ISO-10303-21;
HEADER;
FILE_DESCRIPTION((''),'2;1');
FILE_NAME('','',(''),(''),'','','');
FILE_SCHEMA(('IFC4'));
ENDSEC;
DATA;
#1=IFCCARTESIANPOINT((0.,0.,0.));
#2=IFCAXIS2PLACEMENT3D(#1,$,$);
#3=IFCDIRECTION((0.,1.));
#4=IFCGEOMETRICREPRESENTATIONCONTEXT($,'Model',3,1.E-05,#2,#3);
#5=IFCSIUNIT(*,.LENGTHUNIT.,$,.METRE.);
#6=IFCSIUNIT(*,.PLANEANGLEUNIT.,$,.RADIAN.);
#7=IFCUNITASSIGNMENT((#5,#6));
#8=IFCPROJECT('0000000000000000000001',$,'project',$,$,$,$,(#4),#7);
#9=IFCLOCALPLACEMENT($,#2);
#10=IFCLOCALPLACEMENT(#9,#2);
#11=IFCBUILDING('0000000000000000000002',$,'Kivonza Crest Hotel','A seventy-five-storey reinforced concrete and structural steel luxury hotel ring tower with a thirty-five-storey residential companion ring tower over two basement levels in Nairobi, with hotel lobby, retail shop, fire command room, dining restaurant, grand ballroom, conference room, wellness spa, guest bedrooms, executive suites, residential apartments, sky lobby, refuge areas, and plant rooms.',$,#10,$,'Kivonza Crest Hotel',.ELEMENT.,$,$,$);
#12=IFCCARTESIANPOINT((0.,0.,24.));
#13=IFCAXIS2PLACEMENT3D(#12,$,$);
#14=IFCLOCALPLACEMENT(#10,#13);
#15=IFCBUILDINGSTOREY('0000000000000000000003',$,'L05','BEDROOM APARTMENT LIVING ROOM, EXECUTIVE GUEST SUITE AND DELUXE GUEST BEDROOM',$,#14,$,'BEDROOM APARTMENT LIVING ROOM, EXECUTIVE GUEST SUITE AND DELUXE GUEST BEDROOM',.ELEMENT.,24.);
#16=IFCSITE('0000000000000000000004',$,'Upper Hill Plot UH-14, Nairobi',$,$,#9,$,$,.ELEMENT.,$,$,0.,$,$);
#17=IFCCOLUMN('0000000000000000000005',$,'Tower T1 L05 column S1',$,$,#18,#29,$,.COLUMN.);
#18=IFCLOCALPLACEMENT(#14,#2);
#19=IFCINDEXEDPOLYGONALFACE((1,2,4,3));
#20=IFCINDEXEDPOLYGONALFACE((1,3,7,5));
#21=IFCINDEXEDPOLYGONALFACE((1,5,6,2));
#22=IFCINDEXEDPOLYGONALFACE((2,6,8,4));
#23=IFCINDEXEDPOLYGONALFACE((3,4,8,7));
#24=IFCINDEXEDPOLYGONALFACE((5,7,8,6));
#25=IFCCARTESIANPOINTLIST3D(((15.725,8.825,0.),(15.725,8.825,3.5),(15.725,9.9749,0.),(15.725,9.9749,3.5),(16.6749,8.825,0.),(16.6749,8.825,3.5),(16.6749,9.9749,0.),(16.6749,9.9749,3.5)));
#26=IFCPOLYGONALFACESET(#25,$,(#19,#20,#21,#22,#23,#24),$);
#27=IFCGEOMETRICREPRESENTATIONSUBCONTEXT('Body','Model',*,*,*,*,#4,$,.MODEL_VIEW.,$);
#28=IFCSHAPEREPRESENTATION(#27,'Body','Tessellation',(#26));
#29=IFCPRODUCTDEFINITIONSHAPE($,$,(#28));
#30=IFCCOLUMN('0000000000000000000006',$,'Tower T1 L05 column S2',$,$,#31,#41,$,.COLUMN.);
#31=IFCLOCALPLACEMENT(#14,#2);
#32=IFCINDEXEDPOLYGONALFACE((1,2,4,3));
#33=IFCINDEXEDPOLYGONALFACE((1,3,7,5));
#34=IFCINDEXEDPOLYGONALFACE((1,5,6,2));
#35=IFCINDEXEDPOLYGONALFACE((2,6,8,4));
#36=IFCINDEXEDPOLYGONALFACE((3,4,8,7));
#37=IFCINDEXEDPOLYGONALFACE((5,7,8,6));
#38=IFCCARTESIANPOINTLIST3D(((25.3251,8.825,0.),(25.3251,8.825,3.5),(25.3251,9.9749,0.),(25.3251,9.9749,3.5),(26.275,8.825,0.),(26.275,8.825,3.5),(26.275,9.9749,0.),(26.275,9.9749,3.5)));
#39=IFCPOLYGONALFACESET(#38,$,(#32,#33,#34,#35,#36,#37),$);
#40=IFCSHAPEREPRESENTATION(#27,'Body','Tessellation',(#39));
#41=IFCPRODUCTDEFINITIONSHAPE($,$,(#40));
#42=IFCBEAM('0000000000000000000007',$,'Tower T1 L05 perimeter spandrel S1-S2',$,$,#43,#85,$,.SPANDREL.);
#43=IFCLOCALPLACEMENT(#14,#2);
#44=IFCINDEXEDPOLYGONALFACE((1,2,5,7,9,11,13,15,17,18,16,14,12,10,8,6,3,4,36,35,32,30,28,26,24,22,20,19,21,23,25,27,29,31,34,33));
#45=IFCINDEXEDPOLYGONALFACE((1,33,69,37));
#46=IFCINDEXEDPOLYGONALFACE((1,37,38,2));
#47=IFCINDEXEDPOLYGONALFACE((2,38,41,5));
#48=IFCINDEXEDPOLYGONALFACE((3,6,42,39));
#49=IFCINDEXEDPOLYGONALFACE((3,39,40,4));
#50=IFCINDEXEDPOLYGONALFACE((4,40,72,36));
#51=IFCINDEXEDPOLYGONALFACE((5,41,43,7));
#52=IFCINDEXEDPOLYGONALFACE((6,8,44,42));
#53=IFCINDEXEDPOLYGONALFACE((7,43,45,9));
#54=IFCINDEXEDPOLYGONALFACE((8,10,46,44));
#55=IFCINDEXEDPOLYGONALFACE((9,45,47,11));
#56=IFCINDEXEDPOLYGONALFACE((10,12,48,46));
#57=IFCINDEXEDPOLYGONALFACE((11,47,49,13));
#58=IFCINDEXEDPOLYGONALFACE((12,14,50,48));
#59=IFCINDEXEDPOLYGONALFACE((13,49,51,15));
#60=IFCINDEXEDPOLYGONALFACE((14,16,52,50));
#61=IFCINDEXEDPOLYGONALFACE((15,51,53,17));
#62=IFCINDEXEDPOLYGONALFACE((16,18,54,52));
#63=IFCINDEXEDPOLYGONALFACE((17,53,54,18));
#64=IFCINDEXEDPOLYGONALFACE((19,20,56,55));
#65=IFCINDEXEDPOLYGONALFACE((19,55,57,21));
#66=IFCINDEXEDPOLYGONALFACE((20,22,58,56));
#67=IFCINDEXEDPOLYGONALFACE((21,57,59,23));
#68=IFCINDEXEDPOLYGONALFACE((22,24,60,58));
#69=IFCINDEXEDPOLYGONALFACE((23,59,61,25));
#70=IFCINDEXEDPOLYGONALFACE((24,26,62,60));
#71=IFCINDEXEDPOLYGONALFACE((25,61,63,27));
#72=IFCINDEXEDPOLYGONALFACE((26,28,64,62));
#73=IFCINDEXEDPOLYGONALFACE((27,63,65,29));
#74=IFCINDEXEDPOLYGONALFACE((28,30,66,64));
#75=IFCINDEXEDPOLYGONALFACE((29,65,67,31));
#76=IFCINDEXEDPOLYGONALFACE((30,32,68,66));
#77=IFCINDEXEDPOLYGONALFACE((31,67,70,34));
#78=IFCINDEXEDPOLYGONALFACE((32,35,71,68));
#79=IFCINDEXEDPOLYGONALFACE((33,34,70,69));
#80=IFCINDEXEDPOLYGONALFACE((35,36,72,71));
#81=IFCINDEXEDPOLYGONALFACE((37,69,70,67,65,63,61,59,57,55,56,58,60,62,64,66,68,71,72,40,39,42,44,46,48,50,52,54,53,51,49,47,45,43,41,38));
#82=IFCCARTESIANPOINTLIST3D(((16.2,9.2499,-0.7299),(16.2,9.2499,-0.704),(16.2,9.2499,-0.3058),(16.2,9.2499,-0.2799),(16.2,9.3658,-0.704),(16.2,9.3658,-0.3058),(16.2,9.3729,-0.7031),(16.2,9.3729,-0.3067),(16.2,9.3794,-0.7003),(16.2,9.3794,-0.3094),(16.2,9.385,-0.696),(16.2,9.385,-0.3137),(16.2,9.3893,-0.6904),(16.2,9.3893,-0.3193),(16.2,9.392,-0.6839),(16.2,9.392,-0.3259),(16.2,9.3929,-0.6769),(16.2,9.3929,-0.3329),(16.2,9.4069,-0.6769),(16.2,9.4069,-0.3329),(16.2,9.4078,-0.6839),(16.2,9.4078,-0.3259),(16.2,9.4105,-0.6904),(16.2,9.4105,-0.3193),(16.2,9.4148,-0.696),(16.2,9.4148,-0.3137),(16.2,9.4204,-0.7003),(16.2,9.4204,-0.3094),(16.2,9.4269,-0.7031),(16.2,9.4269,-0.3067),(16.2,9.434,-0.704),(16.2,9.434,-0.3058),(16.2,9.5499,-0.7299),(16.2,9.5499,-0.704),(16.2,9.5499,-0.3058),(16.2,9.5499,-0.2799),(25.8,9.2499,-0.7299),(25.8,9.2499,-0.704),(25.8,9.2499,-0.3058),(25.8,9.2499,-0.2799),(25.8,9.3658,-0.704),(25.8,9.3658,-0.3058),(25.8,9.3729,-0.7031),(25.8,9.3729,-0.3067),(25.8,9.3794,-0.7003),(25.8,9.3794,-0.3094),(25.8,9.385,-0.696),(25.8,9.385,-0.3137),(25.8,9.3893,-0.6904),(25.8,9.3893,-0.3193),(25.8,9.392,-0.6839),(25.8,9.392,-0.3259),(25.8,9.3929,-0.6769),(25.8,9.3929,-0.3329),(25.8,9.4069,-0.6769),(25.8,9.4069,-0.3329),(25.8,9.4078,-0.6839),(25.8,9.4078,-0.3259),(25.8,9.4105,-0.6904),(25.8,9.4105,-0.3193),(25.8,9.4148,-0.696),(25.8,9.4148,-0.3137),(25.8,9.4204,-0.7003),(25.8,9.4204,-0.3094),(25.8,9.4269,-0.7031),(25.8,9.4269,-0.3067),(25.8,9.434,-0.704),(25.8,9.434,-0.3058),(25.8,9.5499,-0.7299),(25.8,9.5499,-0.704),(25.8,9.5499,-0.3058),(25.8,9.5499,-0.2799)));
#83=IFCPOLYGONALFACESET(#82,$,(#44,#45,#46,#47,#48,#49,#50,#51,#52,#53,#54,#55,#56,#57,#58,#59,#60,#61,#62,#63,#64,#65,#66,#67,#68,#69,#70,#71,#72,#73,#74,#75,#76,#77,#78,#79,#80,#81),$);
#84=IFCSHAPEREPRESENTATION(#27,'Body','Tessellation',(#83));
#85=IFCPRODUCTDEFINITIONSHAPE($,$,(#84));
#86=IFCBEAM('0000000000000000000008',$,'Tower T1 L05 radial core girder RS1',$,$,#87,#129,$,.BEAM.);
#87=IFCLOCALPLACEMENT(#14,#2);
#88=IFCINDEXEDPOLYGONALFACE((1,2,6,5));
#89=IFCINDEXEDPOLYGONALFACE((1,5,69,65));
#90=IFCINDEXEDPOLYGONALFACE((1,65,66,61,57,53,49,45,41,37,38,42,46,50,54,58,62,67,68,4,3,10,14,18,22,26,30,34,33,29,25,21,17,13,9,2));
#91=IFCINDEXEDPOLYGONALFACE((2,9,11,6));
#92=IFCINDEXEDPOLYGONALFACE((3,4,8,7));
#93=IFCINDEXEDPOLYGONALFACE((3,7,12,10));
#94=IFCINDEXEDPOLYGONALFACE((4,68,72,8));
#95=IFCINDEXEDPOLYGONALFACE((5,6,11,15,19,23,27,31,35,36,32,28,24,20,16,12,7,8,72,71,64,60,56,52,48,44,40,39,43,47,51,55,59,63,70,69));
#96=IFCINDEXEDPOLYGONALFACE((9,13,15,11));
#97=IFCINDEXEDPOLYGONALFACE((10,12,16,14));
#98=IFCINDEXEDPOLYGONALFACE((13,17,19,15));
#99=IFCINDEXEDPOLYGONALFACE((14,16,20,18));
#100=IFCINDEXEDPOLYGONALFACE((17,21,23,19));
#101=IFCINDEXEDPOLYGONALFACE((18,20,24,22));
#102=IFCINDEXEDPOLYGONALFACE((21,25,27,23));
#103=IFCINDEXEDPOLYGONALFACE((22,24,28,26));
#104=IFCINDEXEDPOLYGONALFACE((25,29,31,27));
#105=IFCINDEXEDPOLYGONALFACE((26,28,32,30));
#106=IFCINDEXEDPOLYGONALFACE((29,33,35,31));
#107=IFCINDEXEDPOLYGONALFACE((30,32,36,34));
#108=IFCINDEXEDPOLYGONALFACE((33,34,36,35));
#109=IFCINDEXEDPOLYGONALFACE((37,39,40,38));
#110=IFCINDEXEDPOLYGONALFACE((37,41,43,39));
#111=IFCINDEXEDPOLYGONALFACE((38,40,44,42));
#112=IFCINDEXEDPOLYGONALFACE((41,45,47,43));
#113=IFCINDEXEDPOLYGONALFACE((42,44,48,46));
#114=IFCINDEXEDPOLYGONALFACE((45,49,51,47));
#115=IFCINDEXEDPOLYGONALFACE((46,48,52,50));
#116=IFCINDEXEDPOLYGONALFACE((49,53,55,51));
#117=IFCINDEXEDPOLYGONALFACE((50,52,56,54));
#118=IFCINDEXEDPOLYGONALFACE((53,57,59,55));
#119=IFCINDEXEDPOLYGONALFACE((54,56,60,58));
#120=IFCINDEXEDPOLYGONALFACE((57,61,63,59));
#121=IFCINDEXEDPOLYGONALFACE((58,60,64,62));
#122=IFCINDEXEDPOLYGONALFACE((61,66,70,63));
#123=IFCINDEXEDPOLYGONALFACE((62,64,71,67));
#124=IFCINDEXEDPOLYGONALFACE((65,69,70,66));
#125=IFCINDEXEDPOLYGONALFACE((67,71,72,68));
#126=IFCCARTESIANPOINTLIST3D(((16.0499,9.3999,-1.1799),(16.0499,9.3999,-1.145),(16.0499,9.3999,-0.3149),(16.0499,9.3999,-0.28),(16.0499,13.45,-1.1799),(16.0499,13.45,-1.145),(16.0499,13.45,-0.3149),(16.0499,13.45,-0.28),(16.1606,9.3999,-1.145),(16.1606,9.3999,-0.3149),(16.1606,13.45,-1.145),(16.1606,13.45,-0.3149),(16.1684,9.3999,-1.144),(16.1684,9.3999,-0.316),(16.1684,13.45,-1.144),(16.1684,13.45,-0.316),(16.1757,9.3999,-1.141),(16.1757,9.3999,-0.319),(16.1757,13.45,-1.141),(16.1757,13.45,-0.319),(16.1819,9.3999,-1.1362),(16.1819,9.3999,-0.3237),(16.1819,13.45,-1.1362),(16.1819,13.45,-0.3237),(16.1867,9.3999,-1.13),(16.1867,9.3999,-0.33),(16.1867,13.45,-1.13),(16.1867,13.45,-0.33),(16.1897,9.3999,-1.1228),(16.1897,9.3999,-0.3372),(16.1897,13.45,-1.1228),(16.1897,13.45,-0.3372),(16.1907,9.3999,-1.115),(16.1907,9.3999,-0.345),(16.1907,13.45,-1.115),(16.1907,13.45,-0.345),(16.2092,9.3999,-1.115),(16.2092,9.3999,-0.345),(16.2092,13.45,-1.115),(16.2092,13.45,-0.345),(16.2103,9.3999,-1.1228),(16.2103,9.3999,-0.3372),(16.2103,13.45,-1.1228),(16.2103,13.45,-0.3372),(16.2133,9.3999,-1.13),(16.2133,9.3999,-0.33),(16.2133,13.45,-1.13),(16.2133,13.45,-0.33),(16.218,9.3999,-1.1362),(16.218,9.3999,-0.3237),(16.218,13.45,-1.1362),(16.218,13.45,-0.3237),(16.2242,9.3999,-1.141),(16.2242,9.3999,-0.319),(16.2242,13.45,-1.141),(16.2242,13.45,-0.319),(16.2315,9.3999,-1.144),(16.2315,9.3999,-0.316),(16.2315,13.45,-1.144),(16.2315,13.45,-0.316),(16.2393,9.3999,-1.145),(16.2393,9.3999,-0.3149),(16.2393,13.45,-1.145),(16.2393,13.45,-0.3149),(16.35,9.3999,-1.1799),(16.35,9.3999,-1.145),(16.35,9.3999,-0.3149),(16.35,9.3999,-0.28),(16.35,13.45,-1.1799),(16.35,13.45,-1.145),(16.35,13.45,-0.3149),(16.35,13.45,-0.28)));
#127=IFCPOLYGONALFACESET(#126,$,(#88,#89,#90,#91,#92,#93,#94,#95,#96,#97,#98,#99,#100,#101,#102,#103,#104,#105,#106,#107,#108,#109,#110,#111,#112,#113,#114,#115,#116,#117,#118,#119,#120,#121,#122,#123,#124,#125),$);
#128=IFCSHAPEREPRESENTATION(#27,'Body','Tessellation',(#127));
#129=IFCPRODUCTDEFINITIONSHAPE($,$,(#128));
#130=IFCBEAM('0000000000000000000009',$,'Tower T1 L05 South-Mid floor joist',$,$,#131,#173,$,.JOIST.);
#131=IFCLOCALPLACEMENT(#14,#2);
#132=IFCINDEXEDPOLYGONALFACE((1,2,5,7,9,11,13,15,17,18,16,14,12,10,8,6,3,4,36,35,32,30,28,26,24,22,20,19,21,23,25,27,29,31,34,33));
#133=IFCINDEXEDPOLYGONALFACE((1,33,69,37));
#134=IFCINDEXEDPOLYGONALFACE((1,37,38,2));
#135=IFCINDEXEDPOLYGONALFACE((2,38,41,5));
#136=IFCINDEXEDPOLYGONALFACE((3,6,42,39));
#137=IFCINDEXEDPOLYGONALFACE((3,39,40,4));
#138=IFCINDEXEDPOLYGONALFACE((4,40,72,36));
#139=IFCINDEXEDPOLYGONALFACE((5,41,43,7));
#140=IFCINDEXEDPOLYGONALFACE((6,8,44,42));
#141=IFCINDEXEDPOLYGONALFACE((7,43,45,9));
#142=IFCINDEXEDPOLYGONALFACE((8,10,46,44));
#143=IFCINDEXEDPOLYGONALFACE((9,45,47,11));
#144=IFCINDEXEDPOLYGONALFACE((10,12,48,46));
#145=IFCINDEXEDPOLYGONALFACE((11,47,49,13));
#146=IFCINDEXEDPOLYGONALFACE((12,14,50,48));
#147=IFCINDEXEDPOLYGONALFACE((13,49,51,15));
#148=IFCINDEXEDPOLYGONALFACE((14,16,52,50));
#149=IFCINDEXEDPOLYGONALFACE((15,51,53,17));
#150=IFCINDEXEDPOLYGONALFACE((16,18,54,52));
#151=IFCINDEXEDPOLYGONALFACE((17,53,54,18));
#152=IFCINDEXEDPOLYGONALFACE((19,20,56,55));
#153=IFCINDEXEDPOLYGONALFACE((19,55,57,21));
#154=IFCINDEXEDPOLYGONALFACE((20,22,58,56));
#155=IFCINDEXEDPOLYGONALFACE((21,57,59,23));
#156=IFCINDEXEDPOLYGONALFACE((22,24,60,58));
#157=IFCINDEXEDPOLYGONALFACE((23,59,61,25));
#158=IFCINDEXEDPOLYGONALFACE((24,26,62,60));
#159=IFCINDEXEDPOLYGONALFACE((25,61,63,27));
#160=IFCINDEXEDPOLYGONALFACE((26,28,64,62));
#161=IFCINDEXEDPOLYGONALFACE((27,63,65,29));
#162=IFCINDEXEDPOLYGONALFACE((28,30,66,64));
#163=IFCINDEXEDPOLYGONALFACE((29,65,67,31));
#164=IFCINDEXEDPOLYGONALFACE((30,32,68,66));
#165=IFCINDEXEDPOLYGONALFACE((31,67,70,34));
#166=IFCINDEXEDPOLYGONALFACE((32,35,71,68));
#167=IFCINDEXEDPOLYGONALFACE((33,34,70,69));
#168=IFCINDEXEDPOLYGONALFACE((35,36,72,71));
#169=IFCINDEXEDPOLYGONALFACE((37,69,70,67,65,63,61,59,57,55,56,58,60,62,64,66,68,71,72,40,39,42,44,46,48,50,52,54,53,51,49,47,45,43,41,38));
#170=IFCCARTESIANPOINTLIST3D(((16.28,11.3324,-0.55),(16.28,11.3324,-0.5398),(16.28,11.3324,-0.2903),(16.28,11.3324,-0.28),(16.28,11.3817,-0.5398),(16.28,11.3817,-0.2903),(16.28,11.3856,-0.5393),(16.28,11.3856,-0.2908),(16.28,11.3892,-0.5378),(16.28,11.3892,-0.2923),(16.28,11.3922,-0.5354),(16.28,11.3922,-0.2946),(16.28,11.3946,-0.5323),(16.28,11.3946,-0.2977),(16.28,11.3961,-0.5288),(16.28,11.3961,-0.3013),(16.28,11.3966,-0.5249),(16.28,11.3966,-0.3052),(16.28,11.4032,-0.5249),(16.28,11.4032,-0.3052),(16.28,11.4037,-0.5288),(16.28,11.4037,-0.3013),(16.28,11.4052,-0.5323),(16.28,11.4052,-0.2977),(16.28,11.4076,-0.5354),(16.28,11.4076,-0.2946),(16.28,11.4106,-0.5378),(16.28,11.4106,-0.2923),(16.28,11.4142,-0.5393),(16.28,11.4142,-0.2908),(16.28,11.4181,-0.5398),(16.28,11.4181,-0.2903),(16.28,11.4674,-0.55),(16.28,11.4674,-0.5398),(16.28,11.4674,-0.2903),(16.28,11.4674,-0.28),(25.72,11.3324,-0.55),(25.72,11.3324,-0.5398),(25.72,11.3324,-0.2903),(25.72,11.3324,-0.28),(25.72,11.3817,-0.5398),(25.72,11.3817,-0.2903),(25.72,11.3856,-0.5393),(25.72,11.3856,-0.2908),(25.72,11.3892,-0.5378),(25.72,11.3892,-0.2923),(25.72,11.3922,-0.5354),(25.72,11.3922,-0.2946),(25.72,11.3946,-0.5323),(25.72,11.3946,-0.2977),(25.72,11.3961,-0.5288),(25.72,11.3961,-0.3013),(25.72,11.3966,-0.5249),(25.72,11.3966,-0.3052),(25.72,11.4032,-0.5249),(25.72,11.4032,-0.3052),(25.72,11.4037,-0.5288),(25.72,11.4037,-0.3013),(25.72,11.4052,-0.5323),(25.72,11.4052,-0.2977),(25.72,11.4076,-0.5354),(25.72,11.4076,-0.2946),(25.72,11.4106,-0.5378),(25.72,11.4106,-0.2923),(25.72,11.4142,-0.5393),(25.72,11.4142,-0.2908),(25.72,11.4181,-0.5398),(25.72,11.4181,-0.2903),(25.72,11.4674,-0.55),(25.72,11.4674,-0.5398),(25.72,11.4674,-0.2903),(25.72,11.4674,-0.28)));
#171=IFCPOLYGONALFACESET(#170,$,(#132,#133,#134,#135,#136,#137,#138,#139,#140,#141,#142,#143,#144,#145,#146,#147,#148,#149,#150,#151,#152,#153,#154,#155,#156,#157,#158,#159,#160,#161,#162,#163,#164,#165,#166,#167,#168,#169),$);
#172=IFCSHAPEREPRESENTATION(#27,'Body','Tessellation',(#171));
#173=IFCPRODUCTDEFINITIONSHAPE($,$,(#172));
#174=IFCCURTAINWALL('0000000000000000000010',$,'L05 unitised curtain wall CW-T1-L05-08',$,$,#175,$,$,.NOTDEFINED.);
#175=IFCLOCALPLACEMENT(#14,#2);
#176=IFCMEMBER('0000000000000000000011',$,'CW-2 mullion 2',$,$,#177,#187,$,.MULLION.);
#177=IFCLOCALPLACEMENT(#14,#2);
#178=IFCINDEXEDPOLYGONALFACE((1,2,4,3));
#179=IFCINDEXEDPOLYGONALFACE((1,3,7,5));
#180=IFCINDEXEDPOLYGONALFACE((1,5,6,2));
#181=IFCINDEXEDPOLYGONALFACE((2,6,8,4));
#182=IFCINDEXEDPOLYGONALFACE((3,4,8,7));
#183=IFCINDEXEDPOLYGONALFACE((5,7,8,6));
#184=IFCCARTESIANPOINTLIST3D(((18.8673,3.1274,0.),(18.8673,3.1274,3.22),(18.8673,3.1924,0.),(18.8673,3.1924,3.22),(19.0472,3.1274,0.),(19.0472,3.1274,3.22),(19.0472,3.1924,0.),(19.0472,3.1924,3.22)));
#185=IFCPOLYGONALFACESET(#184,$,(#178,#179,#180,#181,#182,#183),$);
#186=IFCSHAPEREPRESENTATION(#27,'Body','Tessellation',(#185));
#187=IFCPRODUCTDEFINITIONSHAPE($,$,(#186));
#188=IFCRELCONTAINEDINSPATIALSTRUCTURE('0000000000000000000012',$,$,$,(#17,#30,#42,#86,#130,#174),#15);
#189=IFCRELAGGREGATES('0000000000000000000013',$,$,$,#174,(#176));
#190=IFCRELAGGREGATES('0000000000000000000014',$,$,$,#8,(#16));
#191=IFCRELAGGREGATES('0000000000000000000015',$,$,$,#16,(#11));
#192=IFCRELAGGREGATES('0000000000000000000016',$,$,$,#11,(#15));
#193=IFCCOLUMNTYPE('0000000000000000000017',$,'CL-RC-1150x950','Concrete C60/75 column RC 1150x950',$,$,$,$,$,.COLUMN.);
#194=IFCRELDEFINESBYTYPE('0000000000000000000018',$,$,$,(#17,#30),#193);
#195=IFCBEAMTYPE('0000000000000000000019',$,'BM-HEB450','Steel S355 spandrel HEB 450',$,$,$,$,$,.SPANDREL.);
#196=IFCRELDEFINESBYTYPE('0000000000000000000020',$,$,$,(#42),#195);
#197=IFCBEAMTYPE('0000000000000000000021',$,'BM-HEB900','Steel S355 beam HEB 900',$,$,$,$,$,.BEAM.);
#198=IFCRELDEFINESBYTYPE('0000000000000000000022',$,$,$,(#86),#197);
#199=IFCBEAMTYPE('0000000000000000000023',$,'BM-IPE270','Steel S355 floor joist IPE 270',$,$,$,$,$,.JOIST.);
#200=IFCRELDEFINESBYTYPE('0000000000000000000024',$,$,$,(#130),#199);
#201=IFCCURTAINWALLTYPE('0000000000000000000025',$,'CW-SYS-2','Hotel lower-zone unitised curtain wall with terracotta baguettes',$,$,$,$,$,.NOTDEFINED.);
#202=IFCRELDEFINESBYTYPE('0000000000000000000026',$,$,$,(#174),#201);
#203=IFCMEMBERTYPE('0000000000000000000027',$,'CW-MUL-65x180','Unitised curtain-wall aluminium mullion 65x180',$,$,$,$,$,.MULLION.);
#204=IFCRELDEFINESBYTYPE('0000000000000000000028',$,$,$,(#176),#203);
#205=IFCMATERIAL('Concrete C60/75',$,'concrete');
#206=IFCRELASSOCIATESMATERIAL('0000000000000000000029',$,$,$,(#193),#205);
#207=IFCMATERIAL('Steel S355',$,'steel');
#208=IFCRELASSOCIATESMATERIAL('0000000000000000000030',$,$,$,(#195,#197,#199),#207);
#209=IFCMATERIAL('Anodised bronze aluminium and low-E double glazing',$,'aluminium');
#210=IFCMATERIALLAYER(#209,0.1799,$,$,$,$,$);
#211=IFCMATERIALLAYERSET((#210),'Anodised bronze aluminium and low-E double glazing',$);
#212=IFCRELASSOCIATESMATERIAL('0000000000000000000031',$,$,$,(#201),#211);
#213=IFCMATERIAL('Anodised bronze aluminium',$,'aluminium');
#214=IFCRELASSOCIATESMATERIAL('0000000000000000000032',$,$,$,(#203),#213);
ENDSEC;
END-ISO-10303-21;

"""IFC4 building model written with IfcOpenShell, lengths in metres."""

from ifc_helpers import new_model, si_unit, direction, frame, origin, origin_2d, place, context, subcontext, project, spatial, rectangle, i_section, extrude, material, layer, layer_set, material_profile, profile_set, type_object, element, aggregate, save


model = new_model("IFC4")

# Units and contexts
model_context = context("Model", 3, precision=1e-05, world=origin(), true_north=direction((0.0, 1.0)))
body_context = subcontext(model_context, "Body", "Model", "MODEL_VIEW")
ifc_project = project(units=[si_unit("LENGTHUNIT", "METRE"), si_unit("PLANEANGLEUNIT", "RADIAN")], contexts=[model_context])

# Site, building, storey
site_placement = place(None, origin())
site = spatial("IfcSite", under=ifc_project, at=site_placement, Name="Upper Hill Plot UH-14, Nairobi", CompositionType="ELEMENT", RefElevation=0.0)
building_placement = place(site_placement, origin())
building = spatial("IfcBuilding", under=site, at=building_placement, Name="Kivonza Crest Hotel", Description="A seventy-five-storey reinforced concrete and structural steel luxury hotel ring tower with a thirty-five-storey residential companion ring tower over two basement levels in Nairobi, with hotel lobby, retail shop, fire command room, dining restaurant, grand ballroom, conference room, wellness spa, guest bedrooms, executive suites, residential apartments, sky lobby, refuge areas, and plant rooms.", LongName="Kivonza Crest Hotel", CompositionType="ELEMENT")
storey_placement = place(building_placement, frame((0.0, 0.0, 24.0)))
storey = spatial("IfcBuildingStorey", under=building, at=storey_placement, Name="L05", Description="BEDROOM APARTMENT LIVING ROOM, EXECUTIVE GUEST SUITE AND DELUXE GUEST BEDROOM", LongName="BEDROOM APARTMENT LIVING ROOM, EXECUTIVE GUEST SUITE AND DELUXE GUEST BEDROOM", CompositionType="ELEMENT", Elevation=24.0)

# Columns
ifc_material_1 = material(Name="Concrete C60/75", Category="concrete")
ifc_material_profile_1 = material_profile(ifc_material_1, rectangle(XDim=0.95, YDim=1.1499, at=origin_2d()), Name="RC 1150x950")
ifc_profile_set_1 = profile_set([ifc_material_profile_1], Name="Concrete C60/75")
column_type = type_object("IfcColumnType", Name="CL-RC-1150x950", Description="Concrete C60/75 column RC 1150x950", PredefinedType="COLUMN", material=ifc_profile_set_1)
for number, where, z_axis, x_axis, name in (
    (1, (16.2, 9.3999, 0.0), (0.0, 0.0, 1.0), (1.0, 0.0, 0.0), "Tower T1 L05 column S1"),
    (2, (25.8, 9.3999, 0.0), (0.0, 0.0, 1.0), (1.0, 0.0, 0.0), "Tower T1 L05 column S2"),
):
    element("IfcColumn", number, at=place(storey_placement, frame(where, z_axis=z_axis, x_axis=x_axis)), inside=storey, type_object=column_type, Name=name, PredefinedType="COLUMN", context=body_context, shape_type="SweptSolid", body=[
        extrude(rectangle(XDim=0.95, YDim=1.1499, at=origin_2d()), origin(), (0.0, 0.0, 1.0), 3.5),
    ])

# Beams
ifc_material_2 = material(Name="Steel S355", Category="steel")
ifc_material_profile_2 = material_profile(ifc_material_2, i_section(OverallWidth=0.3, OverallDepth=0.45, WebThickness=0.0139, FlangeThickness=0.0259, FilletRadius=0.0271, at=origin_2d()), Name="HEB 450")
ifc_profile_set_2 = profile_set([ifc_material_profile_2], Name="Steel S355")
beam_type_1 = type_object("IfcBeamType", Name="BM-HEB450", Description="Steel S355 spandrel HEB 450", PredefinedType="SPANDREL", material=ifc_profile_set_2)
beam_1_placement = place(storey_placement, frame((16.2, 9.3999, -0.5049), z_axis=(1.0, 0.0, 0.0), x_axis=(0.0, 1.0, 0.0)))
element("IfcBeam", 3, at=beam_1_placement, inside=storey, type_object=beam_type_1, Name="Tower T1 L05 perimeter spandrel S1-S2", PredefinedType="SPANDREL", context=body_context, shape_type="SweptSolid", body=[
    extrude(i_section(OverallWidth=0.3, OverallDepth=0.45, WebThickness=0.0139, FlangeThickness=0.0259, FilletRadius=0.0271, at=origin_2d()), origin(), (0.0, 0.0, 1.0), 9.6001),
])
ifc_material_profile_3 = material_profile(ifc_material_2, i_section(OverallWidth=0.3, OverallDepth=0.8999, WebThickness=0.0186, FlangeThickness=0.0349, FilletRadius=0.03, at=origin_2d()), Name="HEB 900")
ifc_profile_set_3 = profile_set([ifc_material_profile_3], Name="Steel S355")
beam_type_2 = type_object("IfcBeamType", Name="BM-HEB900", Description="Steel S355 beam HEB 900", PredefinedType="BEAM", material=ifc_profile_set_3)
beam_2_placement = place(storey_placement, frame((16.2, 9.3999, -0.73), z_axis=(0.0, 1.0, 0.0), x_axis=(-1.0, 0.0, 0.0)))
element("IfcBeam", 4, at=beam_2_placement, inside=storey, type_object=beam_type_2, Name="Tower T1 L05 radial core girder RS1", PredefinedType="BEAM", context=body_context, shape_type="SweptSolid", body=[
    extrude(i_section(OverallWidth=0.3, OverallDepth=0.8999, WebThickness=0.0186, FlangeThickness=0.0349, FilletRadius=0.03, at=origin_2d()), origin(), (0.0, 0.0, 1.0), 4.05),
])
ifc_material_profile_4 = material_profile(ifc_material_2, i_section(OverallWidth=0.135, OverallDepth=0.27, WebThickness=0.0066, FlangeThickness=0.0103, FilletRadius=0.0149, at=origin_2d()), Name="IPE 270")
ifc_profile_set_4 = profile_set([ifc_material_profile_4], Name="Steel S355")
beam_type_3 = type_object("IfcBeamType", Name="BM-IPE270", Description="Steel S355 floor joist IPE 270", PredefinedType="JOIST", material=ifc_profile_set_4)
beam_3_placement = place(storey_placement, frame((16.28, 11.3999, -0.415), z_axis=(1.0, 0.0, 0.0), x_axis=(0.0, 1.0, 0.0)))
element("IfcBeam", 5, at=beam_3_placement, inside=storey, type_object=beam_type_3, Name="Tower T1 L05 South-Mid floor joist", PredefinedType="JOIST", context=body_context, shape_type="SweptSolid", body=[
    extrude(i_section(OverallWidth=0.135, OverallDepth=0.27, WebThickness=0.0066, FlangeThickness=0.0103, FilletRadius=0.0149, at=origin_2d()), origin(), (0.0, 0.0, 1.0), 9.4399),
])

# Curtain wall, member
ifc_material_3 = material(Name="Anodised bronze aluminium and low-E double glazing", Category="aluminium")
ifc_layer_1 = layer(ifc_material_3, 0.1799)
ifc_layer_set_1 = layer_set([ifc_layer_1], Name="Anodised bronze aluminium and low-E double glazing")
curtain_wall_type = type_object("IfcCurtainWallType", Name="CW-SYS-2", Description="Hotel lower-zone unitised curtain wall with terracotta baguettes", PredefinedType="NOTDEFINED", material=ifc_layer_set_1)
curtain_wall_placement = place(storey_placement, origin())
curtain_wall = element("IfcCurtainWall", 6, at=curtain_wall_placement, inside=storey, type_object=curtain_wall_type, Name="L05 unitised curtain wall CW-T1-L05-08", PredefinedType="NOTDEFINED")
ifc_material_4 = material(Name="Anodised bronze aluminium", Category="aluminium")
ifc_material_profile_5 = material_profile(ifc_material_4, rectangle(XDim=0.0649, YDim=0.1799, at=origin_2d()), Name="CW-M 65x180")
ifc_profile_set_5 = profile_set([ifc_material_profile_5], Name="Anodised bronze aluminium")
member_type_1 = type_object("IfcMemberType", Name="CW-MUL-65x180", Description="Unitised curtain-wall aluminium mullion 65x180", PredefinedType="MULLION", material=ifc_profile_set_5)
member_1_placement = place(storey_placement, frame((18.9573, 3.1599, 0.0), z_axis=(0.0, 0.0, 1.0), x_axis=(0.0, 1.0, 0.0)))
member_1 = element("IfcMember", 7, at=member_1_placement, type_object=member_type_1, Name="CW-2 mullion 2", PredefinedType="MULLION", context=body_context, shape_type="SweptSolid", body=[
    extrude(rectangle(XDim=0.0649, YDim=0.1799, at=origin_2d()), origin(), (0.0, 0.0, 1.0), 3.22),
])
aggregate(curtain_wall, [member_1])

save(model, "model.ifc")
